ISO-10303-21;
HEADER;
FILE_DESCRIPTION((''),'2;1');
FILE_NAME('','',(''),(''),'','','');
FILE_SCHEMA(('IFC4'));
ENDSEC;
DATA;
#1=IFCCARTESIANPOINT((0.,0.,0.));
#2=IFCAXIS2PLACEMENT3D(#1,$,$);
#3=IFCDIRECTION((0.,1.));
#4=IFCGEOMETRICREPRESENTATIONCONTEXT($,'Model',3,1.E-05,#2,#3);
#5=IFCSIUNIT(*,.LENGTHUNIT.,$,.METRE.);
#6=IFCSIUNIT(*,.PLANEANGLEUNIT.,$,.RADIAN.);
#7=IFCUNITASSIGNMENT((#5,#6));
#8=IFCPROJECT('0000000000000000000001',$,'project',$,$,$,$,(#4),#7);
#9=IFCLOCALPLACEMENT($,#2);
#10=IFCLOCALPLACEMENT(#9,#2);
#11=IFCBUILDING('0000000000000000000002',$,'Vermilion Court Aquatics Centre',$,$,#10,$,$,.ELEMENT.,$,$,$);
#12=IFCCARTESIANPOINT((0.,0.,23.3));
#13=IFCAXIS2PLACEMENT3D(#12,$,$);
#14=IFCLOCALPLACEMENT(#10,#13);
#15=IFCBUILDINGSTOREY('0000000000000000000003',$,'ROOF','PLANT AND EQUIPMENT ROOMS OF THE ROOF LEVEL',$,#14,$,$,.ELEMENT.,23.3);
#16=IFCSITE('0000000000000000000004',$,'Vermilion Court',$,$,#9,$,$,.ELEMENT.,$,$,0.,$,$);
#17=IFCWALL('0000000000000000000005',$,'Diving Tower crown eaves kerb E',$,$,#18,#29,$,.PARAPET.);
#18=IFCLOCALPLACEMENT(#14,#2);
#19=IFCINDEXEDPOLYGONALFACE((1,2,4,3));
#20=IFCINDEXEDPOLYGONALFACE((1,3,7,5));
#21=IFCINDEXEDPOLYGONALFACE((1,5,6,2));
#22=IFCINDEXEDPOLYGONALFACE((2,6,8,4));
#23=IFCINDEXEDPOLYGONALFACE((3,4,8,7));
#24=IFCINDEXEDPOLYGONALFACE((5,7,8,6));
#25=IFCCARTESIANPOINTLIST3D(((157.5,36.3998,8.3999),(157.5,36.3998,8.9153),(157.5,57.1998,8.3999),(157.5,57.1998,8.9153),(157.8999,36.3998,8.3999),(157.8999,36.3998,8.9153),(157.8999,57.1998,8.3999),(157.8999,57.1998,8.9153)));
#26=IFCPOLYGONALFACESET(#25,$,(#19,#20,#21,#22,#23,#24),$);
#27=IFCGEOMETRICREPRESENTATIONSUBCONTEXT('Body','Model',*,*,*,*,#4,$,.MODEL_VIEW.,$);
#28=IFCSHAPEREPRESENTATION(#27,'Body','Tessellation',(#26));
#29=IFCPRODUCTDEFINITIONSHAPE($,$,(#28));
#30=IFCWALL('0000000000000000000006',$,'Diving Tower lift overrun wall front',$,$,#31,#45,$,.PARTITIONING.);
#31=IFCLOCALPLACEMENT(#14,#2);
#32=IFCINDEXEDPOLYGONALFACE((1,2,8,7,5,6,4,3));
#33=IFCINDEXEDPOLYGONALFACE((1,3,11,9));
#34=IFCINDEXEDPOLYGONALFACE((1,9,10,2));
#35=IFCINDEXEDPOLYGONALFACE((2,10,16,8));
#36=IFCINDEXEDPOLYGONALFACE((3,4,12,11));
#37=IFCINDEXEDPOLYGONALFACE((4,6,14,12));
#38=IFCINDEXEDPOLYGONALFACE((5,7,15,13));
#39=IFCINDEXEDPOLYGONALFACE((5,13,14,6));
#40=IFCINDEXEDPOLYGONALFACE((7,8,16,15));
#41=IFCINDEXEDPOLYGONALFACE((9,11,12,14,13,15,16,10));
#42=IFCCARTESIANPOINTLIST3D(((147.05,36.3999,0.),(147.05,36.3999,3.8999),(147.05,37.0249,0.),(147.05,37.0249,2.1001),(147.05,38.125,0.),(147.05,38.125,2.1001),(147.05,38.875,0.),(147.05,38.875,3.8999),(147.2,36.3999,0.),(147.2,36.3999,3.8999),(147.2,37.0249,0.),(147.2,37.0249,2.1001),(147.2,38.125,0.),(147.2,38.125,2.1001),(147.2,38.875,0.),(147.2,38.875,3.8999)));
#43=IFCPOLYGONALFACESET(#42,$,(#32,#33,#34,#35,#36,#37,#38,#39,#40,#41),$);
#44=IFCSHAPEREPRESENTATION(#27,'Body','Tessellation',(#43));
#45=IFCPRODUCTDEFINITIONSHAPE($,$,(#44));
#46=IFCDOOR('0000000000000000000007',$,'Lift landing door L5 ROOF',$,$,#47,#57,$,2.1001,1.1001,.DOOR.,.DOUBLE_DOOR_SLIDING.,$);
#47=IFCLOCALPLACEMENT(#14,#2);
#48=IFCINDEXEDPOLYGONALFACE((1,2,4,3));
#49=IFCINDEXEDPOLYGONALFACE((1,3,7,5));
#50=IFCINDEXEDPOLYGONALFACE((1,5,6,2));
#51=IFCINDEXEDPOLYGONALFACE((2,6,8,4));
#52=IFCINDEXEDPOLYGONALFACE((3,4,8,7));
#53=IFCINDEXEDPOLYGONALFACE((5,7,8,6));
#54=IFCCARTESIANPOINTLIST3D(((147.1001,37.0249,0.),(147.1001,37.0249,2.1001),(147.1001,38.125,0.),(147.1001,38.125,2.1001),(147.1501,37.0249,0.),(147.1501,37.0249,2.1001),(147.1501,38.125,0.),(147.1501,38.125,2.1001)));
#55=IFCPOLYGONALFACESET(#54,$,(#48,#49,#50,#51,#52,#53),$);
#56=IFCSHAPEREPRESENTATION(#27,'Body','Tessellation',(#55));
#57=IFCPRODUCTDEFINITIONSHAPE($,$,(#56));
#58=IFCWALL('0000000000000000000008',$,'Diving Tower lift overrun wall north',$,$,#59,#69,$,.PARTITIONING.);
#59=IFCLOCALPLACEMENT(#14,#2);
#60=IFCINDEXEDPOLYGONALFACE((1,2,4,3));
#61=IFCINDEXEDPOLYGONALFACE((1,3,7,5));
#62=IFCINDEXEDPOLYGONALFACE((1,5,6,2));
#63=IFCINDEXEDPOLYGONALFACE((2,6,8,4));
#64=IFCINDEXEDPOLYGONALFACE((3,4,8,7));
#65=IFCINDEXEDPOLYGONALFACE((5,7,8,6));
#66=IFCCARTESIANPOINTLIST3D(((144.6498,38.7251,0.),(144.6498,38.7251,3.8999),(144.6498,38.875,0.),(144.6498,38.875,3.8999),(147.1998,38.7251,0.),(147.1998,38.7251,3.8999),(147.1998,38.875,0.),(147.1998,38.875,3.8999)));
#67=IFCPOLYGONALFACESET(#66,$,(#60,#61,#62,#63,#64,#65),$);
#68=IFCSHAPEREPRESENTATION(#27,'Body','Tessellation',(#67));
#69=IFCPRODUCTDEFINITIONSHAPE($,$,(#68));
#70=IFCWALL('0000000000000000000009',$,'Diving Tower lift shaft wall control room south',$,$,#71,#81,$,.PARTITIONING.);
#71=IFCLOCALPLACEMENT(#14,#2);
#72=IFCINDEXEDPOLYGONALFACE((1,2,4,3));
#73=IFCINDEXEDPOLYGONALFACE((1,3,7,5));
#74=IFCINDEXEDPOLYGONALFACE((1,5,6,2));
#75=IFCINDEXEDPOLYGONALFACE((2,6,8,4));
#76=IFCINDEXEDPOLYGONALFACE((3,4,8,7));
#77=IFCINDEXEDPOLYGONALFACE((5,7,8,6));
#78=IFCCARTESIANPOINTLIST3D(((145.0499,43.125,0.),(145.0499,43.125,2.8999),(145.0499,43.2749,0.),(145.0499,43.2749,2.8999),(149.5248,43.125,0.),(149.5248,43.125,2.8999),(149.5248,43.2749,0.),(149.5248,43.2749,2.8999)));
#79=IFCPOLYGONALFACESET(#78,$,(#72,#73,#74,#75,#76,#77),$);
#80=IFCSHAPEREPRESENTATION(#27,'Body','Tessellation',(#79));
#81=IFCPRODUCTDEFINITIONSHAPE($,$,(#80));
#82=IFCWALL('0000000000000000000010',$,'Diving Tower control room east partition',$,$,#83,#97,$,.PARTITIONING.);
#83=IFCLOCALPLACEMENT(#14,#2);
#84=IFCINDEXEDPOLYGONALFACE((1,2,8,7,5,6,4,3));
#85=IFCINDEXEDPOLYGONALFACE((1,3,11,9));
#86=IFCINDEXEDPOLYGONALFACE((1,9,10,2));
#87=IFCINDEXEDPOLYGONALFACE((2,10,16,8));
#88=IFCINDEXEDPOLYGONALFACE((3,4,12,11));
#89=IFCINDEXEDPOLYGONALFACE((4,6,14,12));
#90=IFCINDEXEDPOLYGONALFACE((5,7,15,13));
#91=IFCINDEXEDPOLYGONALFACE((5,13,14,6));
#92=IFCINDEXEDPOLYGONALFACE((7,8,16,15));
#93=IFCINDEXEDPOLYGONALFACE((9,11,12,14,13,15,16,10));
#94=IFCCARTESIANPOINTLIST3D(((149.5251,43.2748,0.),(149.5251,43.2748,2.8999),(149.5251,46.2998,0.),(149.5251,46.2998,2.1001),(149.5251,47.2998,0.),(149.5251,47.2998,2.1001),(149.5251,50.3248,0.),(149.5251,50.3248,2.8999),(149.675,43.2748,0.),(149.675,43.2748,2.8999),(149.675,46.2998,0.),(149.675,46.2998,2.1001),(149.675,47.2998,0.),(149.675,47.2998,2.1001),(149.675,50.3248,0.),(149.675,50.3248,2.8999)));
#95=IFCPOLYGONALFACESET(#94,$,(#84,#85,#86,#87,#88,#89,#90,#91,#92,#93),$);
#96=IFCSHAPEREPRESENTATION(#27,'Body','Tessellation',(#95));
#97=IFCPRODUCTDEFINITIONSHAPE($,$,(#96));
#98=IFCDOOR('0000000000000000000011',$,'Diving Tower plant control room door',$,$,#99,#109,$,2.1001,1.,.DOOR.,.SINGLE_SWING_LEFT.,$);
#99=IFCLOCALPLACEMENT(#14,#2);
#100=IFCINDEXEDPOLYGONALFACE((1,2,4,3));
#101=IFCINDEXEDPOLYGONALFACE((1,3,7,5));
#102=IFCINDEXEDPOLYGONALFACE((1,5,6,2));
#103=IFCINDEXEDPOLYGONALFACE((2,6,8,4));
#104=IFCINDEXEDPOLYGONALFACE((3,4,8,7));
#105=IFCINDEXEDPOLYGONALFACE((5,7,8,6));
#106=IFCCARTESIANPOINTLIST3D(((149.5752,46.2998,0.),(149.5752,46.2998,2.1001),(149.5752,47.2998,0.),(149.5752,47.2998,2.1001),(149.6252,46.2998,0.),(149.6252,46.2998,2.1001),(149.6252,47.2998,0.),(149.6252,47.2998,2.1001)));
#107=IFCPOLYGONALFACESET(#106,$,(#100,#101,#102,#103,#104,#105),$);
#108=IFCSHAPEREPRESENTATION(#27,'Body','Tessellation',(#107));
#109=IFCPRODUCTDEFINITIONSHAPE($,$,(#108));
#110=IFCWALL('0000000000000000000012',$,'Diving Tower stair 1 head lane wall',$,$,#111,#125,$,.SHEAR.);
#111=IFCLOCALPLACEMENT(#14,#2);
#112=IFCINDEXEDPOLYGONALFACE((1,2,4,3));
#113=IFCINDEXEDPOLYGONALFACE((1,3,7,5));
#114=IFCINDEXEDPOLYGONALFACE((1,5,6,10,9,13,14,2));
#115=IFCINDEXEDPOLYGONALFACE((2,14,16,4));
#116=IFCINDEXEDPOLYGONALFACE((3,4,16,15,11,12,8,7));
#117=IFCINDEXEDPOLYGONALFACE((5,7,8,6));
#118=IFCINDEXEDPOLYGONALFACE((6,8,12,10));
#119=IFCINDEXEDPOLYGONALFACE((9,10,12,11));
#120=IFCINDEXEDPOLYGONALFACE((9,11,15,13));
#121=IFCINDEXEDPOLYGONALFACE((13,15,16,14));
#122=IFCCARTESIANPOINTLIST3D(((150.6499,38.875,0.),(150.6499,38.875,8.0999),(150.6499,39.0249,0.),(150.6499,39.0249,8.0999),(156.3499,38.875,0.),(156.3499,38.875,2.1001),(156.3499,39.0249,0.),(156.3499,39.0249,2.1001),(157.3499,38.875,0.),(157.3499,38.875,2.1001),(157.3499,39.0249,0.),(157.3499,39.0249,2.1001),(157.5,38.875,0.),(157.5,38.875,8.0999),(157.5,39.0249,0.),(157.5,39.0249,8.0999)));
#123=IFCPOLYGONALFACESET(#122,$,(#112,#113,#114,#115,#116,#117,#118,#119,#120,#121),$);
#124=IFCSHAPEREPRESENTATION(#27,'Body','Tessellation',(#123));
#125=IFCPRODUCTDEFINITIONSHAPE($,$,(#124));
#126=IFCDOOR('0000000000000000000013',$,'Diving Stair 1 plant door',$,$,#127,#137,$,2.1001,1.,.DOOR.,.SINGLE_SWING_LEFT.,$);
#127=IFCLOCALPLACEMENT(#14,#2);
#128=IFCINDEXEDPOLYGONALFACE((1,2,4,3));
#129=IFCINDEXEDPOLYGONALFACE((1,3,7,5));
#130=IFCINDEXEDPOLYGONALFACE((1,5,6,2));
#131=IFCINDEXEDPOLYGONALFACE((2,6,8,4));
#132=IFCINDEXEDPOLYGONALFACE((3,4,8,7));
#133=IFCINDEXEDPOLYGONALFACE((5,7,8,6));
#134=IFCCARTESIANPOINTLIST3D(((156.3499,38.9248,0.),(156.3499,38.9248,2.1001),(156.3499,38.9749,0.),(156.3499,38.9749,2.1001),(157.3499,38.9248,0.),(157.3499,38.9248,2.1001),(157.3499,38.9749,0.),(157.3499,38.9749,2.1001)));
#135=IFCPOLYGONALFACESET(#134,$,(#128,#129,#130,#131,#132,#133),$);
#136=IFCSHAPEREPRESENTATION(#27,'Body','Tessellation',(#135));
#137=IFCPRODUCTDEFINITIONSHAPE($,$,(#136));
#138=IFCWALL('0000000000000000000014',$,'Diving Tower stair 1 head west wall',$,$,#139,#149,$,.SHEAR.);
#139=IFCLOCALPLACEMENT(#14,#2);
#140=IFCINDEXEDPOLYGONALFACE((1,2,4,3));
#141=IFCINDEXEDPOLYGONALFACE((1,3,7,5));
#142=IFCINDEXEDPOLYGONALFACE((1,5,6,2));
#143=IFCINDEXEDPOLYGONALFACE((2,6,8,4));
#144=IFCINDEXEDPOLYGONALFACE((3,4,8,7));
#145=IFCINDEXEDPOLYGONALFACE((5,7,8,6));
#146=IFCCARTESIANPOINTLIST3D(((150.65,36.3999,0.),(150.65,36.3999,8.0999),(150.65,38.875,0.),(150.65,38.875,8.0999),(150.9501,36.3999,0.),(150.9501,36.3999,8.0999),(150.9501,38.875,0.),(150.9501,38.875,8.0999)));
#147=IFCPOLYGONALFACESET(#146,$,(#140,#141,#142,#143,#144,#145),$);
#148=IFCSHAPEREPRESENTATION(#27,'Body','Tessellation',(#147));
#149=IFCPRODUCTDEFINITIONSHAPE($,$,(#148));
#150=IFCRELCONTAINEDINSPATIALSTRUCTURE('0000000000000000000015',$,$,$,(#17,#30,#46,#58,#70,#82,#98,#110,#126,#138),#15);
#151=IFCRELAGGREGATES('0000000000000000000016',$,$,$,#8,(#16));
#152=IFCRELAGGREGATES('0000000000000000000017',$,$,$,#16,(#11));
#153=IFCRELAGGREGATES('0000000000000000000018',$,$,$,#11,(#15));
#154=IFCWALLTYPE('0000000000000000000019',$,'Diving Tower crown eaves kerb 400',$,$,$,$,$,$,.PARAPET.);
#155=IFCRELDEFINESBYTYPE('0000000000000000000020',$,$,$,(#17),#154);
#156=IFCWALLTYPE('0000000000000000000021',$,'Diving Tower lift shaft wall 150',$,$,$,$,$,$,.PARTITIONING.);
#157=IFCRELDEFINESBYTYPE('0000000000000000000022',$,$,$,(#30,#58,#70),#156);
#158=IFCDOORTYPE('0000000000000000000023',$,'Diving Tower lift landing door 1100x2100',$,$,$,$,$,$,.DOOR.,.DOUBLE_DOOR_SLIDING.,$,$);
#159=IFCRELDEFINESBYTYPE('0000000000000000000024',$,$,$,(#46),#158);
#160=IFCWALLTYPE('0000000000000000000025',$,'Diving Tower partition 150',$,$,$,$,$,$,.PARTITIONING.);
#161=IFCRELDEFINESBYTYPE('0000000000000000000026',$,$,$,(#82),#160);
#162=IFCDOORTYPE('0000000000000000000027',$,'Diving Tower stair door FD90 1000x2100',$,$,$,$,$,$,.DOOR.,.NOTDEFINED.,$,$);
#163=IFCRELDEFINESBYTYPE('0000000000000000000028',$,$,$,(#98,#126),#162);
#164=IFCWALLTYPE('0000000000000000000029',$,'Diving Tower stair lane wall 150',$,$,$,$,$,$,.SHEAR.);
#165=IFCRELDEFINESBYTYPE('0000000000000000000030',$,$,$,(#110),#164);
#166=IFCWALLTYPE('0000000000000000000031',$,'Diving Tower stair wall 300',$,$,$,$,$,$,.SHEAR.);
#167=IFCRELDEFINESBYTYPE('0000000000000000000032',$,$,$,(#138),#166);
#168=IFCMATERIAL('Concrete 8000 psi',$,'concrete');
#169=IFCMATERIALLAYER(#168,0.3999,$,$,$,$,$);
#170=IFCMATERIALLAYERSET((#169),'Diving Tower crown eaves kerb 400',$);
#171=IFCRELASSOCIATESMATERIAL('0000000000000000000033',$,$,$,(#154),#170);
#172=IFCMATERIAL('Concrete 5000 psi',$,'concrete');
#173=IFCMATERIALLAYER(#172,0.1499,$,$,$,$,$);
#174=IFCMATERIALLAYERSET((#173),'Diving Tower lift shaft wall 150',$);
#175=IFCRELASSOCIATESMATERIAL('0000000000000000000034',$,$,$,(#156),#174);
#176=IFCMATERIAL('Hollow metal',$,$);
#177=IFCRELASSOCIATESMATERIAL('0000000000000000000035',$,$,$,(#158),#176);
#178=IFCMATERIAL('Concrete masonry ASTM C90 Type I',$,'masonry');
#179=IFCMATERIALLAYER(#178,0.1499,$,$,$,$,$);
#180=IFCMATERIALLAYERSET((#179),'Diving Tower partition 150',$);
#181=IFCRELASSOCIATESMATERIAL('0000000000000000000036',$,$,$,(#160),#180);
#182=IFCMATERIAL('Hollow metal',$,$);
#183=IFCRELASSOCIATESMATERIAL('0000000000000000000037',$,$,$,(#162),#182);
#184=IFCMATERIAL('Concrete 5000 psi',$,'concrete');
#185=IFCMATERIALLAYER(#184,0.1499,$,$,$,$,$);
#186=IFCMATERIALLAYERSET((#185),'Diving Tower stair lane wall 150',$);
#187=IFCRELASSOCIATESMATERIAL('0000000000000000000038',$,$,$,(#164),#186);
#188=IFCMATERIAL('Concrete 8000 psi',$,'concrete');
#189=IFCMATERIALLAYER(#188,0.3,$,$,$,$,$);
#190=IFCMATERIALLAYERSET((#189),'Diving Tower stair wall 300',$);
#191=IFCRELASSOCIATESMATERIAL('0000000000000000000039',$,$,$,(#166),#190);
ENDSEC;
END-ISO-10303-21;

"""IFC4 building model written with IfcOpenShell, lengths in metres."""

from ifc_helpers import new_model, si_unit, direction, frame, frame_2d, origin, place, context, subcontext, project, spatial, rectangle, extrude, material, layer, layer_set, type_object, element, fill, save


model = new_model("IFC4")

# Units and contexts
model_context = context("Model", 3, precision=1e-05, world=origin(), true_north=direction((0.0, 1.0)))
body_context = subcontext(model_context, "Body", "Model", "MODEL_VIEW")
ifc_project = project(units=[si_unit("LENGTHUNIT", "METRE"), si_unit("PLANEANGLEUNIT", "RADIAN")], contexts=[model_context])

# Site, building, storey
site_placement = place(None, origin())
site = spatial("IfcSite", under=ifc_project, at=site_placement, Name="Vermilion Court", CompositionType="ELEMENT", RefElevation=0.0)
building_placement = place(site_placement, origin())
building = spatial("IfcBuilding", under=site, at=building_placement, Name="Vermilion Court Aquatics Centre", CompositionType="ELEMENT")
storey_placement = place(building_placement, frame((0.0, 0.0, 23.3)))
storey = spatial("IfcBuildingStorey", under=building, at=storey_placement, Name="ROOF", Description="PLANT AND EQUIPMENT ROOMS OF THE ROOF LEVEL", CompositionType="ELEMENT", Elevation=23.3)

# Wall
ifc_material_1 = material(Name="Concrete 8000 psi", Category="concrete")
ifc_layer_1 = layer(ifc_material_1, 0.3999)
ifc_layer_set_1 = layer_set([ifc_layer_1], Name="Diving Tower crown eaves kerb 400")
wall_type_1 = type_object("IfcWallType", Name="Diving Tower crown eaves kerb 400", PredefinedType="PARAPET", material=ifc_layer_set_1)
for number, where, z_axis, x_axis, name in (
    (1, (157.7, 36.3999, 8.3999), (0.0, 0.0, 1.0), (0.0, 1.0, 0.0), "Diving Tower crown eaves kerb E"),
):
    element("IfcWall", number, at=place(storey_placement, frame(where, z_axis=z_axis, x_axis=x_axis)), inside=storey, type_object=wall_type_1, Name=name, PredefinedType="PARAPET", context=body_context, shape_type="SweptSolid", body=[
        extrude(rectangle(XDim=20.8, YDim=0.3999, at=frame_2d((10.3999, 0.0))), origin(), (0.0, 0.0, 1.0), 0.5154),
    ])

# Wall, opening, door
ifc_material_2 = material(Name="Concrete 5000 psi", Category="concrete")
ifc_layer_2 = layer(ifc_material_2, 0.1499)
ifc_layer_set_2 = layer_set([ifc_layer_2], Name="Diving Tower lift shaft wall 150")
wall_type_2 = type_object("IfcWallType", Name="Diving Tower lift shaft wall 150", PredefinedType="PARTITIONING", material=ifc_layer_set_2)
wall_1_placement = place(storey_placement, frame((147.125, 36.3999, 0.0), z_axis=(0.0, 0.0, 1.0), x_axis=(0.0, 1.0, 0.0)))
wall_1 = element("IfcWall", 2, at=wall_1_placement, inside=storey, type_object=wall_type_2, Name="Diving Tower lift overrun wall front", PredefinedType="PARTITIONING", context=body_context, shape_type="SweptSolid", body=[
    extrude(rectangle(XDim=2.4751, YDim=0.1499, at=frame_2d((1.2375, 0.0))), origin(), (0.0, 0.0, 1.0), 3.8999),
])
opening_1_placement = place(wall_1_placement, frame((0.625, 0.0, 0.0)))
opening_1 = element("IfcOpeningElement", 3, at=opening_1_placement, cuts=wall_1, PredefinedType="OPENING", context=body_context, shape_type="SweptSolid", body=[
    extrude(rectangle(XDim=1.1001, YDim=2.1001, at=frame_2d((0.55, 1.05))), frame((0.0, 0.085, 0.0), z_axis=(0.0, -1.0, 0.0), x_axis=(1.0, 0.0, 0.0)), (0.0, 0.0, 1.0), 0.1699),
])
ifc_material_3 = material(Name="Hollow metal")
door_type_1 = type_object("IfcDoorType", Name="Diving Tower lift landing door 1100x2100", OperationType="DOUBLE_DOOR_SLIDING", PredefinedType="DOOR", material=ifc_material_3)
door_1_placement = place(opening_1_placement, origin())
door_1 = element("IfcDoor", 4, at=door_1_placement, inside=storey, type_object=door_type_1, Name="Lift landing door L5 ROOF", OperationType="DOUBLE_DOOR_SLIDING", OverallHeight=2.1001, OverallWidth=1.1001, PredefinedType="DOOR", context=body_context, shape_type="SweptSolid", body=[
    extrude(rectangle(XDim=1.1001, YDim=2.1001, at=frame_2d((0.55, 1.05))), frame((0.0, 0.0249, 0.0), z_axis=(0.0, -1.0, 0.0), x_axis=(1.0, 0.0, 0.0)), (0.0, 0.0, 1.0), 0.05),
])
fill(opening_1, door_1)

# Walls
wall_2_placement = place(storey_placement, frame((144.6499, 38.8, 0.0), z_axis=(0.0, 0.0, 1.0), x_axis=(1.0, 0.0, 0.0)))
element("IfcWall", 5, at=wall_2_placement, inside=storey, type_object=wall_type_2, Name="Diving Tower lift overrun wall north", PredefinedType="PARTITIONING", context=body_context, shape_type="SweptSolid", body=[
    extrude(rectangle(XDim=2.55, YDim=0.1499, at=frame_2d((1.2749, 0.0))), origin(), (0.0, 0.0, 1.0), 3.8999),
])
wall_3_placement = place(storey_placement, frame((145.05, 43.2, 0.0), z_axis=(0.0, 0.0, 1.0), x_axis=(1.0, 0.0, 0.0)))
element("IfcWall", 6, at=wall_3_placement, inside=storey, type_object=wall_type_2, Name="Diving Tower lift shaft wall control room south", PredefinedType="PARTITIONING", context=body_context, shape_type="SweptSolid", body=[
    extrude(rectangle(XDim=4.4749, YDim=0.1499, at=frame_2d((2.2373, 0.0))), origin(), (0.0, 0.0, 1.0), 2.8999),
])

# Walls, openings, doors
ifc_material_4 = material(Name="Concrete masonry ASTM C90 Type I", Category="masonry")
ifc_layer_3 = layer(ifc_material_4, 0.1499)
ifc_layer_set_3 = layer_set([ifc_layer_3], Name="Diving Tower partition 150")
wall_type_3 = type_object("IfcWallType", Name="Diving Tower partition 150", PredefinedType="PARTITIONING", material=ifc_layer_set_3)
wall_4_placement = place(storey_placement, frame((149.6001, 43.2749, 0.0), z_axis=(0.0, 0.0, 1.0), x_axis=(0.0, 1.0, 0.0)))
wall_4 = element("IfcWall", 7, at=wall_4_placement, inside=storey, type_object=wall_type_3, Name="Diving Tower control room east partition", PredefinedType="PARTITIONING", context=body_context, shape_type="SweptSolid", body=[
    extrude(rectangle(XDim=7.05, YDim=0.1499, at=frame_2d((3.5249, 0.0))), origin(), (0.0, 0.0, 1.0), 2.8999),
])
opening_2_placement = place(wall_4_placement, frame((3.0249, 0.0, 0.0)))
opening_2 = element("IfcOpeningElement", 8, at=opening_2_placement, cuts=wall_4, PredefinedType="OPENING", context=body_context, shape_type="SweptSolid", body=[
    extrude(rectangle(XDim=1.0, YDim=2.1001, at=frame_2d((0.5, 1.05))), frame((0.0, 0.085, 0.0), z_axis=(0.0, -1.0, 0.0), x_axis=(1.0, 0.0, 0.0)), (0.0, 0.0, 1.0), 0.1699),
])
ifc_material_5 = material(Name="Hollow metal")
door_type_2 = type_object("IfcDoorType", Name="Diving Tower stair door FD90 1000x2100", OperationType="NOTDEFINED", PredefinedType="DOOR", material=ifc_material_5)
door_2_placement = place(opening_2_placement, origin())
door_2 = element("IfcDoor", 9, at=door_2_placement, inside=storey, type_object=door_type_2, Name="Diving Tower plant control room door", OperationType="SINGLE_SWING_LEFT", OverallHeight=2.1001, OverallWidth=1.0, PredefinedType="DOOR", context=body_context, shape_type="SweptSolid", body=[
    extrude(rectangle(XDim=1.0, YDim=2.1001, at=frame_2d((0.5, 1.05))), frame((0.0, 0.0249, 0.0), z_axis=(0.0, -1.0, 0.0), x_axis=(1.0, 0.0, 0.0)), (0.0, 0.0, 1.0), 0.05),
])
fill(opening_2, door_2)
ifc_material_6 = material(Name="Concrete 5000 psi", Category="concrete")
ifc_layer_4 = layer(ifc_material_6, 0.1499)
ifc_layer_set_4 = layer_set([ifc_layer_4], Name="Diving Tower stair lane wall 150")
wall_type_4 = type_object("IfcWallType", Name="Diving Tower stair lane wall 150", PredefinedType="SHEAR", material=ifc_layer_set_4)
wall_5_placement = place(storey_placement, frame((150.6499, 38.95, 0.0), z_axis=(0.0, 0.0, 1.0), x_axis=(1.0, 0.0, 0.0)))
wall_5 = element("IfcWall", 10, at=wall_5_placement, inside=storey, type_object=wall_type_4, Name="Diving Tower stair 1 head lane wall", PredefinedType="SHEAR", context=body_context, shape_type="SweptSolid", body=[
    extrude(rectangle(XDim=6.8501, YDim=0.1499, at=frame_2d((3.425, 0.0))), origin(), (0.0, 0.0, 1.0), 8.0999),
])
opening_3_placement = place(wall_5_placement, frame((5.7, 0.0, 0.0)))
opening_3 = element("IfcOpeningElement", 11, at=opening_3_placement, cuts=wall_5, PredefinedType="OPENING", context=body_context, shape_type="SweptSolid", body=[
    extrude(rectangle(XDim=1.0, YDim=2.1001, at=frame_2d((0.5, 1.05))), frame((0.0, 0.085, 0.0), z_axis=(0.0, -1.0, 0.0), x_axis=(1.0, 0.0, 0.0)), (0.0, 0.0, 1.0), 0.1699),
])
door_3_placement = place(opening_3_placement, frame((1.0, 0.0, 0.0), z_axis=(0.0, 0.0, 1.0), x_axis=(-1.0, 0.0, 0.0)))
door_3 = element("IfcDoor", 12, at=door_3_placement, inside=storey, type_object=door_type_2, Name="Diving Stair 1 plant door", OperationType="SINGLE_SWING_LEFT", OverallHeight=2.1001, OverallWidth=1.0, PredefinedType="DOOR", context=body_context, shape_type="SweptSolid", body=[
    extrude(rectangle(XDim=1.0, YDim=2.1001, at=frame_2d((0.5, 1.05))), frame((0.0, 0.0251, 0.0), z_axis=(0.0, -1.0, 0.0), x_axis=(1.0, 0.0, 0.0)), (0.0, 0.0, 1.0), 0.05),
])
fill(opening_3, door_3)

# Wall
ifc_material_7 = material(Name="Concrete 8000 psi", Category="concrete")
ifc_layer_5 = layer(ifc_material_7, 0.3)
ifc_layer_set_5 = layer_set([ifc_layer_5], Name="Diving Tower stair wall 300")
wall_type_5 = type_object("IfcWallType", Name="Diving Tower stair wall 300", PredefinedType="SHEAR", material=ifc_layer_set_5)
wall_6_placement = place(storey_placement, frame((150.8, 36.3999, 0.0), z_axis=(0.0, 0.0, 1.0), x_axis=(0.0, 1.0, 0.0)))
element("IfcWall", 13, at=wall_6_placement, inside=storey, type_object=wall_type_5, Name="Diving Tower stair 1 head west wall", PredefinedType="SHEAR", context=body_context, shape_type="SweptSolid", body=[
    extrude(rectangle(XDim=2.4751, YDim=0.3, at=frame_2d((1.2375, 0.0))), origin(), (0.0, 0.0, 1.0), 8.0999),
])

save(model, "model.ifc")
